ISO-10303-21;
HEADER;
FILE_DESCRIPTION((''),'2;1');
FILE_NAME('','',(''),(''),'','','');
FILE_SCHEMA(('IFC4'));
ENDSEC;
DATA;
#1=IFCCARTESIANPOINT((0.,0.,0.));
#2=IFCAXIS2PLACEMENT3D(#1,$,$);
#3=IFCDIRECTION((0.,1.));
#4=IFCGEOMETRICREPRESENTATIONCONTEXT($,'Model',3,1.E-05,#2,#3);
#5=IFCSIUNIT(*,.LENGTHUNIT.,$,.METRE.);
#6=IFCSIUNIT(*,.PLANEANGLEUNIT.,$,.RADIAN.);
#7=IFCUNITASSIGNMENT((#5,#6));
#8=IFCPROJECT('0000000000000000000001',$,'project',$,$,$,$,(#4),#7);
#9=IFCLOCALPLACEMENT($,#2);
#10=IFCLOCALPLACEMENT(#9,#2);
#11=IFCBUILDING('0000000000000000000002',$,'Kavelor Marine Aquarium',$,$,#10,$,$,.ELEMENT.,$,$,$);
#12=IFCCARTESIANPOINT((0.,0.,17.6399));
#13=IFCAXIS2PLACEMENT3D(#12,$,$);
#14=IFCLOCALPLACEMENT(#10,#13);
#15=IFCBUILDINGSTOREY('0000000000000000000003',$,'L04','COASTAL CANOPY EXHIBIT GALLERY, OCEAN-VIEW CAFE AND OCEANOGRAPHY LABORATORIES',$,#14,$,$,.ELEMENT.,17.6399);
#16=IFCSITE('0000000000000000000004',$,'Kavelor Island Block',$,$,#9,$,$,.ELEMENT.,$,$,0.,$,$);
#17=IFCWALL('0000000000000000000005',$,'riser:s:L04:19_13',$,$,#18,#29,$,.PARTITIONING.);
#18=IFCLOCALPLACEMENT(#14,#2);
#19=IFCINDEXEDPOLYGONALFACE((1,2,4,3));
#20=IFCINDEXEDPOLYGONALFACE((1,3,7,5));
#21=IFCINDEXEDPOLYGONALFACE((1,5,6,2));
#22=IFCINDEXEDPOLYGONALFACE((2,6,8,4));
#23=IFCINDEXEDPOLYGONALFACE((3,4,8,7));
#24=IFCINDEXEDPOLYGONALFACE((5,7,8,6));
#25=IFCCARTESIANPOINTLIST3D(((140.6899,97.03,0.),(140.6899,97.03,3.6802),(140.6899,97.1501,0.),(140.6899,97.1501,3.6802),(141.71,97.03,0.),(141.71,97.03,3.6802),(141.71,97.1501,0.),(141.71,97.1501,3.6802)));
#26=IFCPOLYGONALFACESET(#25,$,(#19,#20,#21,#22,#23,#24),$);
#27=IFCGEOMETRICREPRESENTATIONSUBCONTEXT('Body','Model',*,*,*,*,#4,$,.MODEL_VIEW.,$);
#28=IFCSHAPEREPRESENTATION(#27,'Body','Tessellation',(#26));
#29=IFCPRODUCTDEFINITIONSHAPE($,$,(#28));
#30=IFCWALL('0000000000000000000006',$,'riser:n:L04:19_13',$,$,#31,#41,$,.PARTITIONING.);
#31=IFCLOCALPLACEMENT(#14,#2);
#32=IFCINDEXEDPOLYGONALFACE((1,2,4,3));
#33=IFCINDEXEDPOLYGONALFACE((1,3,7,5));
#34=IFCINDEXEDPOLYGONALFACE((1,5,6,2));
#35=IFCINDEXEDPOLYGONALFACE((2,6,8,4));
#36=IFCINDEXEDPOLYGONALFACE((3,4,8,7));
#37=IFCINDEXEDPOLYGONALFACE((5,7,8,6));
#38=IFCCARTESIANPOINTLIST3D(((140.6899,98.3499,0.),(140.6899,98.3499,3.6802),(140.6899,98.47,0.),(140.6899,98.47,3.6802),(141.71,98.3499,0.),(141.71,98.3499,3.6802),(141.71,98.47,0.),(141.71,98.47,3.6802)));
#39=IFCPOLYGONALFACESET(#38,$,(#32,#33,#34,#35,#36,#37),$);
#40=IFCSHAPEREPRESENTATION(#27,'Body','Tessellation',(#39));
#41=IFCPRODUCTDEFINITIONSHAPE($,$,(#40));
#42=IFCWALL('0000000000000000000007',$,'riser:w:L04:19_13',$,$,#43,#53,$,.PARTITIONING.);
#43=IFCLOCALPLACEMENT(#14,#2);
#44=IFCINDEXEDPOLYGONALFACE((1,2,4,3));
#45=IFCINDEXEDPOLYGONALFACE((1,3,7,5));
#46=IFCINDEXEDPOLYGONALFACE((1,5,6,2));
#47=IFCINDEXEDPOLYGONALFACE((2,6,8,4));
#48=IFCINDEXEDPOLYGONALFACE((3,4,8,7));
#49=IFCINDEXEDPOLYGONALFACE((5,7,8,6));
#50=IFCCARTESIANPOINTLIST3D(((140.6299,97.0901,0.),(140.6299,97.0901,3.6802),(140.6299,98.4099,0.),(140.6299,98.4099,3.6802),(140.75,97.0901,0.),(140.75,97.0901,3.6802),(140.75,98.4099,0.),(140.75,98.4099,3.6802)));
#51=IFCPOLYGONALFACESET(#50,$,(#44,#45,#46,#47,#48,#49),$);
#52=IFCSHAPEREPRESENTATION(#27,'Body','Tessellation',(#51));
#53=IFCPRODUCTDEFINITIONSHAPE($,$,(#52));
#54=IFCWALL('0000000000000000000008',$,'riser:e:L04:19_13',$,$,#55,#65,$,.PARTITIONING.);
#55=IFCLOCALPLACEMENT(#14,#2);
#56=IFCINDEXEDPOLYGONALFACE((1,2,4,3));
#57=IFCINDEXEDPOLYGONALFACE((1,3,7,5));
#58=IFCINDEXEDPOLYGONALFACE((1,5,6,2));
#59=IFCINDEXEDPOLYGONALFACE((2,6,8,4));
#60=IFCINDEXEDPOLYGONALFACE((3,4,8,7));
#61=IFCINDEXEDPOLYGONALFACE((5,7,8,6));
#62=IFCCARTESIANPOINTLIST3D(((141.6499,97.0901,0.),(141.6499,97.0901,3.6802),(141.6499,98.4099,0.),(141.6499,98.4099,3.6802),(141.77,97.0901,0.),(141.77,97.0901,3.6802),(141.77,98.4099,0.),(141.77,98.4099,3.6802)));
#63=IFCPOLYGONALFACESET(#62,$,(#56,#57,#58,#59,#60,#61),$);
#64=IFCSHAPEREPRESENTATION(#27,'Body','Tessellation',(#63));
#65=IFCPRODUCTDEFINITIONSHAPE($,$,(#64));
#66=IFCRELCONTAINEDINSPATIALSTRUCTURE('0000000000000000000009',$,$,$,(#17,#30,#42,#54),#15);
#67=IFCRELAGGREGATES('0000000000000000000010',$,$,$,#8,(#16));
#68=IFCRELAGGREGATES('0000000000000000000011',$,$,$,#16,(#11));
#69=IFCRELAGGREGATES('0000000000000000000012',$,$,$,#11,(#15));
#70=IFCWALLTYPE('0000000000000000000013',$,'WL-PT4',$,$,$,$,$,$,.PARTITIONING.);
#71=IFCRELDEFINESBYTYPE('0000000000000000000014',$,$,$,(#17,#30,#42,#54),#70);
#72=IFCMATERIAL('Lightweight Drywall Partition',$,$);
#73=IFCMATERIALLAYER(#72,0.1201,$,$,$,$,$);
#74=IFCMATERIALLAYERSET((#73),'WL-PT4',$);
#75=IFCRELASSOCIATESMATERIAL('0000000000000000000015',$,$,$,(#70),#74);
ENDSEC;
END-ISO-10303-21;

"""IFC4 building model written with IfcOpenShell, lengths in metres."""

from ifc_helpers import new_model, si_unit, direction, frame, frame_2d, origin, place, context, subcontext, project, spatial, rectangle, extrude, material, layer, layer_set, type_object, element, save


model = new_model("IFC4")

# Units and contexts
model_context = context("Model", 3, precision=1e-05, world=origin(), true_north=direction((0.0, 1.0)))
body_context = subcontext(model_context, "Body", "Model", "MODEL_VIEW")
ifc_project = project(units=[si_unit("LENGTHUNIT", "METRE"), si_unit("PLANEANGLEUNIT", "RADIAN")], contexts=[model_context])

# Site, building, storey
site_placement = place(None, origin())
site = spatial("IfcSite", under=ifc_project, at=site_placement, Name="Kavelor Island Block", CompositionType="ELEMENT", RefElevation=0.0)
building_placement = place(site_placement, origin())
building = spatial("IfcBuilding", under=site, at=building_placement, Name="Kavelor Marine Aquarium", CompositionType="ELEMENT")
storey_placement = place(building_placement, frame((0.0, 0.0, 17.6399)))
storey = spatial("IfcBuildingStorey", under=building, at=storey_placement, Name="L04", Description="COASTAL CANOPY EXHIBIT GALLERY, OCEAN-VIEW CAFE AND OCEANOGRAPHY LABORATORIES", CompositionType="ELEMENT", Elevation=17.6399)

# Walls
ifc_material_1 = material(Name="Lightweight Drywall Partition")
ifc_layer_1 = layer(ifc_material_1, 0.1201)
ifc_layer_set_1 = layer_set([ifc_layer_1], Name="WL-PT4")
wall_type_1 = type_object("IfcWallType", Name="WL-PT4", PredefinedType="PARTITIONING", material=ifc_layer_set_1)
for number, where, z_axis, x_axis, name in (
    (1, (140.6899, 97.0901, 0.0), (0.0, 0.0, 1.0), (1.0, 0.0, 0.0), "riser:s:L04:19_13"),
    (2, (140.6899, 98.4099, 0.0), (0.0, 0.0, 1.0), (1.0, 0.0, 0.0), "riser:n:L04:19_13"),
):
    element("IfcWall", number, at=place(storey_placement, frame(where, z_axis=z_axis, x_axis=x_axis)), inside=storey, type_object=wall_type_1, Name=name, PredefinedType="PARTITIONING", context=body_context, shape_type="SweptSolid", body=[
        extrude(rectangle(XDim=1.02, YDim=0.1201, at=frame_2d((0.51, 0.0))), origin(), (0.0, 0.0, 1.0), 3.6802),
    ])
for number, where, z_axis, x_axis, name in (
    (3, (140.6899, 97.0901, 0.0), (0.0, 0.0, 1.0), (0.0, 1.0, 0.0), "riser:w:L04:19_13"),
    (4, (141.71, 97.0901, 0.0), (0.0, 0.0, 1.0), (0.0, 1.0, 0.0), "riser:e:L04:19_13"),
):
    element("IfcWall", number, at=place(storey_placement, frame(where, z_axis=z_axis, x_axis=x_axis)), inside=storey, type_object=wall_type_1, Name=name, PredefinedType="PARTITIONING", context=body_context, shape_type="SweptSolid", body=[
        extrude(rectangle(XDim=1.3198, YDim=0.1201, at=frame_2d((0.6599, 0.0))), origin(), (0.0, 0.0, 1.0), 3.6802),
    ])

save(model, "model.ifc")
